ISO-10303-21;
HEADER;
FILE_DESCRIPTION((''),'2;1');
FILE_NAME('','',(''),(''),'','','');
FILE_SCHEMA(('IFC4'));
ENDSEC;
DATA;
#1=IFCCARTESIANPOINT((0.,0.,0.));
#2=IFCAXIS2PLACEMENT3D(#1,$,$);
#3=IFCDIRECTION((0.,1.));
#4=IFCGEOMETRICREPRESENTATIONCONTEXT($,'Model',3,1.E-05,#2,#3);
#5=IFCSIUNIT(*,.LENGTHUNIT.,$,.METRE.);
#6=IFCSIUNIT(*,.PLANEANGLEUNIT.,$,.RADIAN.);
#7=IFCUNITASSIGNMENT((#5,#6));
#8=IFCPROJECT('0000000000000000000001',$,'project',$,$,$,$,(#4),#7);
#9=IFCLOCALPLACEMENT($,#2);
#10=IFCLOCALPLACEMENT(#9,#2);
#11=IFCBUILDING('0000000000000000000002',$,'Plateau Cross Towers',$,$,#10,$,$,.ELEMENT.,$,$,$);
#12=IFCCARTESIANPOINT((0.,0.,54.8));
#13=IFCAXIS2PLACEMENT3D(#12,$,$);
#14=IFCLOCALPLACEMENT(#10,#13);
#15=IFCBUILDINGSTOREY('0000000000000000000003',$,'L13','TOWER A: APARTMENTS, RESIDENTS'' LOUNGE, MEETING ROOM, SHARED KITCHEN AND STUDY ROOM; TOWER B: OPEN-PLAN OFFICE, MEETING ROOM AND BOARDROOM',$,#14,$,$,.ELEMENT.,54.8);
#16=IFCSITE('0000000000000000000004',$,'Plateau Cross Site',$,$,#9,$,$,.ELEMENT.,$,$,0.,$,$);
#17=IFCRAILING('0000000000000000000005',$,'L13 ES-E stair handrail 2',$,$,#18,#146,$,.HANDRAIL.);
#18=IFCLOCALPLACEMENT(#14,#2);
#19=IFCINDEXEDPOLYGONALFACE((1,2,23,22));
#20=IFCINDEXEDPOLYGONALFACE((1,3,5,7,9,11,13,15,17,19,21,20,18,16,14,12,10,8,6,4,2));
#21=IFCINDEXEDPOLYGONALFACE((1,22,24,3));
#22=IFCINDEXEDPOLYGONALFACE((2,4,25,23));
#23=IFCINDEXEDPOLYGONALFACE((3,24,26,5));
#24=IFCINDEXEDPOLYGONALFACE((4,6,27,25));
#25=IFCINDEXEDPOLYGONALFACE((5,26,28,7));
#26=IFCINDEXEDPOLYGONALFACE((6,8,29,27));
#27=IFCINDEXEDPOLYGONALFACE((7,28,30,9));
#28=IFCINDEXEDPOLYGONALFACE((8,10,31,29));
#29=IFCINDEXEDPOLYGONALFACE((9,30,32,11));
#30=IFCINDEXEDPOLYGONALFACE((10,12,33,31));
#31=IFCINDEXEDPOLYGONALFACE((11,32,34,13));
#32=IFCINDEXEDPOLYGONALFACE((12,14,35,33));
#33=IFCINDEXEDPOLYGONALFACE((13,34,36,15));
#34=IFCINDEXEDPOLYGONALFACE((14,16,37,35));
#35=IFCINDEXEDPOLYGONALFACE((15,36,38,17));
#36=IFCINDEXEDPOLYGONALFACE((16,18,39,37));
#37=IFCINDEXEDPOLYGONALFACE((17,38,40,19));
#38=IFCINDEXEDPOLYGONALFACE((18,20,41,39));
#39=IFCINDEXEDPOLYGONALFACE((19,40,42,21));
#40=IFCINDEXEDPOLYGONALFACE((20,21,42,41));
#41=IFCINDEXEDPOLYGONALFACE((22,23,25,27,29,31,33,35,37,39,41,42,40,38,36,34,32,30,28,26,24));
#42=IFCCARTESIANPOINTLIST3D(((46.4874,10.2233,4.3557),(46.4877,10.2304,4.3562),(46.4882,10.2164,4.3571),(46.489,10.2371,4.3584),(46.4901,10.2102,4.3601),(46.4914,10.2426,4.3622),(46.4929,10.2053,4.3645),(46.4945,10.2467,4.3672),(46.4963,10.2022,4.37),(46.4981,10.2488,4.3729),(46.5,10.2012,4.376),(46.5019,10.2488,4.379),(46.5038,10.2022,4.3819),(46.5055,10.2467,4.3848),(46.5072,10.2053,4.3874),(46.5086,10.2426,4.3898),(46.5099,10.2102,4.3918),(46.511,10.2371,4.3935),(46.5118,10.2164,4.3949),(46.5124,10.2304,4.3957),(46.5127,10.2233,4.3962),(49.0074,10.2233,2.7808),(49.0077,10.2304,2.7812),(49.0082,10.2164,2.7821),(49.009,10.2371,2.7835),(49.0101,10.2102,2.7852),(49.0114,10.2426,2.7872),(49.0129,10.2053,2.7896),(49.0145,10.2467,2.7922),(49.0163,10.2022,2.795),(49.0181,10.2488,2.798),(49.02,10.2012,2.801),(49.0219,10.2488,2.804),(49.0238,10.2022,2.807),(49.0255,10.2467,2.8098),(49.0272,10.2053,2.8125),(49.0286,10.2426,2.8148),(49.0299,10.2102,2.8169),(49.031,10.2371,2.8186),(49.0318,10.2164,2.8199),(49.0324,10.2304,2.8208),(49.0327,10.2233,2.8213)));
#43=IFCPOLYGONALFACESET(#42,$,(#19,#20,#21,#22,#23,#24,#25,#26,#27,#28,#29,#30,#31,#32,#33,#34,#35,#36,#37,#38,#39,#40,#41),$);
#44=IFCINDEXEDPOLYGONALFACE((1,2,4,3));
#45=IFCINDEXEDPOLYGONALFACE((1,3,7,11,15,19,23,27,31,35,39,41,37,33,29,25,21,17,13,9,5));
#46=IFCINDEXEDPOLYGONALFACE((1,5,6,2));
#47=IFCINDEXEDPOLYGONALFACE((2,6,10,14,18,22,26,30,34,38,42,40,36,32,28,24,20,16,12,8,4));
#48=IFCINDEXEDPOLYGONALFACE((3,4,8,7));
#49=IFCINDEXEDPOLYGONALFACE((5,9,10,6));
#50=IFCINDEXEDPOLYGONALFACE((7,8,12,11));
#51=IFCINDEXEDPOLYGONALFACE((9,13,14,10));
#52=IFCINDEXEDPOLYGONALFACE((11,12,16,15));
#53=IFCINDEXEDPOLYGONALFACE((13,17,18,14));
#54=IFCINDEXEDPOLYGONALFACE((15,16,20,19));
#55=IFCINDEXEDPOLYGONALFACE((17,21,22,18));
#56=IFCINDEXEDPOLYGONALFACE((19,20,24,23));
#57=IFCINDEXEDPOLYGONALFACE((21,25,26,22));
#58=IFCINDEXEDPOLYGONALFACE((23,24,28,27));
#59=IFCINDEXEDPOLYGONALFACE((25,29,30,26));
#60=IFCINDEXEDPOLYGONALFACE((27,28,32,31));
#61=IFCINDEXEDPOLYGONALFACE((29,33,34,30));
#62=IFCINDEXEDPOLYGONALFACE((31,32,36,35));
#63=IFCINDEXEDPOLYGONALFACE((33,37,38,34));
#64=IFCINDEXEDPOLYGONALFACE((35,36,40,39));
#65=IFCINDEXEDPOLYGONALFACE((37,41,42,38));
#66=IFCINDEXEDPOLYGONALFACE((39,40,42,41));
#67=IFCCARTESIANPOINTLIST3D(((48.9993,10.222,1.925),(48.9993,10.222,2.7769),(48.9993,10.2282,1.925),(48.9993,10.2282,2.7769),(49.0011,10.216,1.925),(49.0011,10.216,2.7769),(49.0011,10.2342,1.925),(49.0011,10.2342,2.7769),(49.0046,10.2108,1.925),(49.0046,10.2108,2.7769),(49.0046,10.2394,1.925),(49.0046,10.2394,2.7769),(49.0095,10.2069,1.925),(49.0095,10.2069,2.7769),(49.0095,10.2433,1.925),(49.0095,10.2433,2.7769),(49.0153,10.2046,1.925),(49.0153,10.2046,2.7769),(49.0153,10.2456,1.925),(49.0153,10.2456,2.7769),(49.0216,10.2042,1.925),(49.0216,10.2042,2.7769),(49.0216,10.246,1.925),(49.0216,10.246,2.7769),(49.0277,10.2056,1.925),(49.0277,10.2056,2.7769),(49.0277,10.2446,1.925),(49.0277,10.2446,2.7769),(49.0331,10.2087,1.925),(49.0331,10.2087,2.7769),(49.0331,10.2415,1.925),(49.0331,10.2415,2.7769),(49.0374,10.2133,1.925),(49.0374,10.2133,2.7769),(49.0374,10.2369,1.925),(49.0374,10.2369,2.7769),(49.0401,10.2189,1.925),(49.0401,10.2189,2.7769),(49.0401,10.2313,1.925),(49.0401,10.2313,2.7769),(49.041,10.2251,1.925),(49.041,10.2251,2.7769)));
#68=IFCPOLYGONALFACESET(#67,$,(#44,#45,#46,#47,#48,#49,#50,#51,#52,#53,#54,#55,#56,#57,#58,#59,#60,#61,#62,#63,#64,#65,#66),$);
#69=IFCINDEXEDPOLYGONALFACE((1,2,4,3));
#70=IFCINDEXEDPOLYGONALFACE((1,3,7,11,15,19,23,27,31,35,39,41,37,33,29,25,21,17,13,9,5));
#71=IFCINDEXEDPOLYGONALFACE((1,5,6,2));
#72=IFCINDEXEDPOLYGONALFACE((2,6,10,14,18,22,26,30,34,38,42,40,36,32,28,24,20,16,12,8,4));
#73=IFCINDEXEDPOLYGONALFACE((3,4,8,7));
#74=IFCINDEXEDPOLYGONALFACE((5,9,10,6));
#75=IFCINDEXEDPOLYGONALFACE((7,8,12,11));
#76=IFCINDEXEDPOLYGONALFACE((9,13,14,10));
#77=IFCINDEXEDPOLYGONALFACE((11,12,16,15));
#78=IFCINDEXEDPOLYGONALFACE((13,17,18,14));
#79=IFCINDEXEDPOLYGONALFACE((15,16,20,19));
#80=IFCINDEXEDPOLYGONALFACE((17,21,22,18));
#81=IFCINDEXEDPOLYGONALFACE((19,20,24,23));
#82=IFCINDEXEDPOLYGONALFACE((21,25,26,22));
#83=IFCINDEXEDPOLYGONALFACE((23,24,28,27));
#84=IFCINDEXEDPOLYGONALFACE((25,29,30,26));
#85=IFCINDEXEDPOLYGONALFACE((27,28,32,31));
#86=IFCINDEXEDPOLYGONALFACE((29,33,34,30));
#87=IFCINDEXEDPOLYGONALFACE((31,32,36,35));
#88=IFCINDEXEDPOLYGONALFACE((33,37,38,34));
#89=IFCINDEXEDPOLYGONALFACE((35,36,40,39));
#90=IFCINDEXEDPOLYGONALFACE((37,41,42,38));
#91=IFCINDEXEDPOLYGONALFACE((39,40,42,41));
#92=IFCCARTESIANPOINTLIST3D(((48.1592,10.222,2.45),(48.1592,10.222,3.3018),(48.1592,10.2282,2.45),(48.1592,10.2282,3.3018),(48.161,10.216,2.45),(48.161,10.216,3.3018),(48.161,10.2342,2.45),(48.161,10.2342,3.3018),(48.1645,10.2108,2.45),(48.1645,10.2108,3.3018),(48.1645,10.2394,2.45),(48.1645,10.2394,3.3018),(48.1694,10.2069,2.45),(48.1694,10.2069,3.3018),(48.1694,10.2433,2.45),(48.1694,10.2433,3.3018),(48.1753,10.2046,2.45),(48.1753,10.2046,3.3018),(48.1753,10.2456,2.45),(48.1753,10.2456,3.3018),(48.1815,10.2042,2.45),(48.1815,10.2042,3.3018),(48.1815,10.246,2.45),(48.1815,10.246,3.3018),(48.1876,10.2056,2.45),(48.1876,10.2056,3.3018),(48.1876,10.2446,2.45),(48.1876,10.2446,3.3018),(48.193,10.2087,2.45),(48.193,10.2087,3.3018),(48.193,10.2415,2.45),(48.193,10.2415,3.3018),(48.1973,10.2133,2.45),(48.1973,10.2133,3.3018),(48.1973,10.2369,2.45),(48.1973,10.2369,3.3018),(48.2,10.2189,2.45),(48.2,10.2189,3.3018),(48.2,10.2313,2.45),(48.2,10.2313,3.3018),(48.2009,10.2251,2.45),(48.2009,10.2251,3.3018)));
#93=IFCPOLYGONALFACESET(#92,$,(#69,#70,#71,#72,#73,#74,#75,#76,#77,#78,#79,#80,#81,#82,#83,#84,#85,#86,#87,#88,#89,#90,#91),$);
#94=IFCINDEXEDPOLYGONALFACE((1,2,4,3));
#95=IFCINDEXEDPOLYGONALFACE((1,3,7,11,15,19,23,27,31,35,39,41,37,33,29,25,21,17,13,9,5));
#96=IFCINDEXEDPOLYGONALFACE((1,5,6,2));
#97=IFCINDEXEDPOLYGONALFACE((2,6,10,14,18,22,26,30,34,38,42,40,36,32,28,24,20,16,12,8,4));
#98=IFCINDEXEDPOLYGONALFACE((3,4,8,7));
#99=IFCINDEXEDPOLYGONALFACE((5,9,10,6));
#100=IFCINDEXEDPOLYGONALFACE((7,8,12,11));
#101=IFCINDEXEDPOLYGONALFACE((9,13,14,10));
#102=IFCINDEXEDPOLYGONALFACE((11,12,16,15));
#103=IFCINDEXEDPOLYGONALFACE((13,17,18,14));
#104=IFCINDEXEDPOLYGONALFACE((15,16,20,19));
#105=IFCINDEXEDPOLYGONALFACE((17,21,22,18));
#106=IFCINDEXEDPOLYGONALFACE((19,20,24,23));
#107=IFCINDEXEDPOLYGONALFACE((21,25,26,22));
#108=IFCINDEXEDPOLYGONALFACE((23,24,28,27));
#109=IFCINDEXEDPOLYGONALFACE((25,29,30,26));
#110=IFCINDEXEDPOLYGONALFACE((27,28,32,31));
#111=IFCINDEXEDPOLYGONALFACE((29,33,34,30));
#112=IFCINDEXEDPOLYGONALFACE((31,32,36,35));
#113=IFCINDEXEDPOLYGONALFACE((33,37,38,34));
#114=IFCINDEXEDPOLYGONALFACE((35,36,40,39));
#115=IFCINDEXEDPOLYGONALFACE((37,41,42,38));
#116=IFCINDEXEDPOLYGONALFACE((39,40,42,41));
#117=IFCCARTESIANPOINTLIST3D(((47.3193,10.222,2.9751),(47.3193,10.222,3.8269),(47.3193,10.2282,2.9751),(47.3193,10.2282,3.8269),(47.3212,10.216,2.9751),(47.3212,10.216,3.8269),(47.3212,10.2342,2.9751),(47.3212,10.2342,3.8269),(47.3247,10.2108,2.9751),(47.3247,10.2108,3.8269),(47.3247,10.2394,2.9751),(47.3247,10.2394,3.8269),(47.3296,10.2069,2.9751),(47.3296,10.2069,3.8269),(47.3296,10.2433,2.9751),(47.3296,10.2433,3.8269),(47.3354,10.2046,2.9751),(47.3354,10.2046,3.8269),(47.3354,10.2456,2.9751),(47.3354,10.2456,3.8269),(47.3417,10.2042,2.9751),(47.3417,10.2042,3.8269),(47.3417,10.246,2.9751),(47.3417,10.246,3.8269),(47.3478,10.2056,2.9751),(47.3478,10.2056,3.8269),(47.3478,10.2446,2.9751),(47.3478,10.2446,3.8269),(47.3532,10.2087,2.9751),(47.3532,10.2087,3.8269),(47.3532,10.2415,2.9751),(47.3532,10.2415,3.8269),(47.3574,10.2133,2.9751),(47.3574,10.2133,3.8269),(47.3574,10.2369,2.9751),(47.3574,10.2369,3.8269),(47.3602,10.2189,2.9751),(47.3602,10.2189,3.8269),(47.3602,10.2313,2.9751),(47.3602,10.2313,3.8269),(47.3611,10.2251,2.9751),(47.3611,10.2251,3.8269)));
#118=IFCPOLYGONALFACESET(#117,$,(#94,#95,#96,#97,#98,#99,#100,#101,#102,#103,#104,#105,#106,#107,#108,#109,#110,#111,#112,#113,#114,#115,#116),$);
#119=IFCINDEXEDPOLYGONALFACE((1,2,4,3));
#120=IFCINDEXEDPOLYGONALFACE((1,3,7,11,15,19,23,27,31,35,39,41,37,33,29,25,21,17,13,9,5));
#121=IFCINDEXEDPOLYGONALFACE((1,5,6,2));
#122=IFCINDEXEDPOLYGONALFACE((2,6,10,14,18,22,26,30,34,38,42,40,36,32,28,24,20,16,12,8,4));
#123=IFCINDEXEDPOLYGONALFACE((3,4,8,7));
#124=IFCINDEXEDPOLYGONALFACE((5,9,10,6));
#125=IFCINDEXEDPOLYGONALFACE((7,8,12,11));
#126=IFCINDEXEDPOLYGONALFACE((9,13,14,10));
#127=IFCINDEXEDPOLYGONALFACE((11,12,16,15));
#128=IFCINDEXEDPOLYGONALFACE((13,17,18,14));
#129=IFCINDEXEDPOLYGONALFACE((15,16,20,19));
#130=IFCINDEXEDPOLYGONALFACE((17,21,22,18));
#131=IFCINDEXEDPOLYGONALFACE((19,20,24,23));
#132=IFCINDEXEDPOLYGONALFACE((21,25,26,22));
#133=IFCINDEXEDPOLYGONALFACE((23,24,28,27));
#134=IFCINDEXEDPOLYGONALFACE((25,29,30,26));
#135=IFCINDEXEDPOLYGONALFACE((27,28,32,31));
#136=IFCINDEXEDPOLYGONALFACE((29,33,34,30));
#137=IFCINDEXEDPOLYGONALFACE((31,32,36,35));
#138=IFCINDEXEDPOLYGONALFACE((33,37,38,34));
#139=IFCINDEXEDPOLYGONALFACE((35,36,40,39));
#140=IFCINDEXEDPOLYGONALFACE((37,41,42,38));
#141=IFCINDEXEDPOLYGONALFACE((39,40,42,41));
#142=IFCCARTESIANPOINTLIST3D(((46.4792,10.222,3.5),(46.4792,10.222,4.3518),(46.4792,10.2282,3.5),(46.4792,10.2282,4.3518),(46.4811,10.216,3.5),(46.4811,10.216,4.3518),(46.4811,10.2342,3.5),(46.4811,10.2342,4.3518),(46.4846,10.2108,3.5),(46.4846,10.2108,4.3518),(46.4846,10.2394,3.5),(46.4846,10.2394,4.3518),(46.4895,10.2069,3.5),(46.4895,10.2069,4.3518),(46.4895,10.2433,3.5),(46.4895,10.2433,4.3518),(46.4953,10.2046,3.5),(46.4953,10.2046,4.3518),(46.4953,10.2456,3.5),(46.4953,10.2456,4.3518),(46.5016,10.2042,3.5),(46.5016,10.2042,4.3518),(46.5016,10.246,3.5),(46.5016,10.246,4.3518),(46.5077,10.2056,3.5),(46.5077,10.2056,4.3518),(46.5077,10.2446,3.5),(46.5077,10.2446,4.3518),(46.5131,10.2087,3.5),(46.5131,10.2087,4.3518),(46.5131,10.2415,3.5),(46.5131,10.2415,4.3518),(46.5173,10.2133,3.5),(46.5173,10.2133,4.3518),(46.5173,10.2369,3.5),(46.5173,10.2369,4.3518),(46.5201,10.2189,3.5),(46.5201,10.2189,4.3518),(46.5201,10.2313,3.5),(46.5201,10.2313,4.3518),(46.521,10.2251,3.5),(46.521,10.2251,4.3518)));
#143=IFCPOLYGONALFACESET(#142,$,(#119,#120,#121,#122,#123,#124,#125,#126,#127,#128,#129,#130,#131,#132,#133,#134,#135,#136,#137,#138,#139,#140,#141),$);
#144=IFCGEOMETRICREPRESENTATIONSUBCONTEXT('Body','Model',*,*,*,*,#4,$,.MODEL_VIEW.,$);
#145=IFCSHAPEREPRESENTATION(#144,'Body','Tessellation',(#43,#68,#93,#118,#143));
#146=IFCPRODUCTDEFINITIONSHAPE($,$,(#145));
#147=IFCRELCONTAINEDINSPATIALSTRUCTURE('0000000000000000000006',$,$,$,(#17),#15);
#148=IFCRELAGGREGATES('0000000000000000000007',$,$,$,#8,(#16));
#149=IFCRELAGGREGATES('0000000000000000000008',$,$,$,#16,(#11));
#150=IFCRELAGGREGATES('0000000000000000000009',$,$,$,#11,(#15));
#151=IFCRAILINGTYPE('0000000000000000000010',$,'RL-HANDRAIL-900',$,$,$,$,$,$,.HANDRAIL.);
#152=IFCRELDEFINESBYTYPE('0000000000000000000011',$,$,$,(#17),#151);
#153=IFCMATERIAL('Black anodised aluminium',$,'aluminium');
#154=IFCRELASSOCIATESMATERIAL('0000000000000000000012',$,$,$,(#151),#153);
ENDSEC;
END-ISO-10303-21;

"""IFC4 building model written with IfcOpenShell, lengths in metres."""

from ifc_helpers import new_model, si_unit, direction, frame, origin, origin_2d, place, context, subcontext, project, spatial, circle, extrude, material, type_object, element, save


model = new_model("IFC4")

# Units and contexts
model_context = context("Model", 3, precision=1e-05, world=origin(), true_north=direction((0.0, 1.0)))
body_context = subcontext(model_context, "Body", "Model", "MODEL_VIEW")
ifc_project = project(units=[si_unit("LENGTHUNIT", "METRE"), si_unit("PLANEANGLEUNIT", "RADIAN")], contexts=[model_context])

# Site, building, storey
site_placement = place(None, origin())
site = spatial("IfcSite", under=ifc_project, at=site_placement, Name="Plateau Cross Site", CompositionType="ELEMENT", RefElevation=0.0)
building_placement = place(site_placement, origin())
building = spatial("IfcBuilding", under=site, at=building_placement, Name="Plateau Cross Towers", CompositionType="ELEMENT")
storey_placement = place(building_placement, frame((0.0, 0.0, 54.8)))
storey = spatial("IfcBuildingStorey", under=building, at=storey_placement, Name="L13", Description="TOWER A: APARTMENTS, RESIDENTS' LOUNGE, MEETING ROOM, SHARED KITCHEN AND STUDY ROOM; TOWER B: OPEN-PLAN OFFICE, MEETING ROOM AND BOARDROOM", CompositionType="ELEMENT", Elevation=54.8)

# Shared definitions
ifc_material_1 = material(Name="Black anodised aluminium", Category="aluminium")

# Railing
railing_type_1 = type_object("IfcRailingType", Name="RL-HANDRAIL-900", PredefinedType="HANDRAIL", material=ifc_material_1)
railing_1_placement = place(storey_placement, frame((49.02, 10.2251, 1.925)))
element("IfcRailing", 1, at=railing_1_placement, inside=storey, type_object=railing_type_1, Name="L13 ES-E stair handrail 2", PredefinedType="HANDRAIL", context=body_context, shape_type="SweptSolid", body=[
    extrude(circle(Radius=0.0239, at=origin_2d()), frame((0.0, 0.0, 0.876), z_axis=(-0.848008, 0.0, 0.529984), x_axis=(0.0, -1.0, 0.0)), (0.0, 0.0, 1.0), 2.9717),
    extrude(circle(Radius=0.021, at=origin_2d()), origin(), (0.0, 0.0, 1.0), 0.8518),
    extrude(circle(Radius=0.021, at=origin_2d()), frame((-0.8401, 0.0, 0.5249)), (0.0, 0.0, 1.0), 0.8518),
    extrude(circle(Radius=0.021, at=origin_2d()), frame((-1.6799, 0.0, 1.05)), (0.0, 0.0, 1.0), 0.8518),
    extrude(circle(Radius=0.021, at=origin_2d()), frame((-2.52, 0.0, 1.575)), (0.0, 0.0, 1.0), 0.8518),
])

save(model, "model.ifc")
